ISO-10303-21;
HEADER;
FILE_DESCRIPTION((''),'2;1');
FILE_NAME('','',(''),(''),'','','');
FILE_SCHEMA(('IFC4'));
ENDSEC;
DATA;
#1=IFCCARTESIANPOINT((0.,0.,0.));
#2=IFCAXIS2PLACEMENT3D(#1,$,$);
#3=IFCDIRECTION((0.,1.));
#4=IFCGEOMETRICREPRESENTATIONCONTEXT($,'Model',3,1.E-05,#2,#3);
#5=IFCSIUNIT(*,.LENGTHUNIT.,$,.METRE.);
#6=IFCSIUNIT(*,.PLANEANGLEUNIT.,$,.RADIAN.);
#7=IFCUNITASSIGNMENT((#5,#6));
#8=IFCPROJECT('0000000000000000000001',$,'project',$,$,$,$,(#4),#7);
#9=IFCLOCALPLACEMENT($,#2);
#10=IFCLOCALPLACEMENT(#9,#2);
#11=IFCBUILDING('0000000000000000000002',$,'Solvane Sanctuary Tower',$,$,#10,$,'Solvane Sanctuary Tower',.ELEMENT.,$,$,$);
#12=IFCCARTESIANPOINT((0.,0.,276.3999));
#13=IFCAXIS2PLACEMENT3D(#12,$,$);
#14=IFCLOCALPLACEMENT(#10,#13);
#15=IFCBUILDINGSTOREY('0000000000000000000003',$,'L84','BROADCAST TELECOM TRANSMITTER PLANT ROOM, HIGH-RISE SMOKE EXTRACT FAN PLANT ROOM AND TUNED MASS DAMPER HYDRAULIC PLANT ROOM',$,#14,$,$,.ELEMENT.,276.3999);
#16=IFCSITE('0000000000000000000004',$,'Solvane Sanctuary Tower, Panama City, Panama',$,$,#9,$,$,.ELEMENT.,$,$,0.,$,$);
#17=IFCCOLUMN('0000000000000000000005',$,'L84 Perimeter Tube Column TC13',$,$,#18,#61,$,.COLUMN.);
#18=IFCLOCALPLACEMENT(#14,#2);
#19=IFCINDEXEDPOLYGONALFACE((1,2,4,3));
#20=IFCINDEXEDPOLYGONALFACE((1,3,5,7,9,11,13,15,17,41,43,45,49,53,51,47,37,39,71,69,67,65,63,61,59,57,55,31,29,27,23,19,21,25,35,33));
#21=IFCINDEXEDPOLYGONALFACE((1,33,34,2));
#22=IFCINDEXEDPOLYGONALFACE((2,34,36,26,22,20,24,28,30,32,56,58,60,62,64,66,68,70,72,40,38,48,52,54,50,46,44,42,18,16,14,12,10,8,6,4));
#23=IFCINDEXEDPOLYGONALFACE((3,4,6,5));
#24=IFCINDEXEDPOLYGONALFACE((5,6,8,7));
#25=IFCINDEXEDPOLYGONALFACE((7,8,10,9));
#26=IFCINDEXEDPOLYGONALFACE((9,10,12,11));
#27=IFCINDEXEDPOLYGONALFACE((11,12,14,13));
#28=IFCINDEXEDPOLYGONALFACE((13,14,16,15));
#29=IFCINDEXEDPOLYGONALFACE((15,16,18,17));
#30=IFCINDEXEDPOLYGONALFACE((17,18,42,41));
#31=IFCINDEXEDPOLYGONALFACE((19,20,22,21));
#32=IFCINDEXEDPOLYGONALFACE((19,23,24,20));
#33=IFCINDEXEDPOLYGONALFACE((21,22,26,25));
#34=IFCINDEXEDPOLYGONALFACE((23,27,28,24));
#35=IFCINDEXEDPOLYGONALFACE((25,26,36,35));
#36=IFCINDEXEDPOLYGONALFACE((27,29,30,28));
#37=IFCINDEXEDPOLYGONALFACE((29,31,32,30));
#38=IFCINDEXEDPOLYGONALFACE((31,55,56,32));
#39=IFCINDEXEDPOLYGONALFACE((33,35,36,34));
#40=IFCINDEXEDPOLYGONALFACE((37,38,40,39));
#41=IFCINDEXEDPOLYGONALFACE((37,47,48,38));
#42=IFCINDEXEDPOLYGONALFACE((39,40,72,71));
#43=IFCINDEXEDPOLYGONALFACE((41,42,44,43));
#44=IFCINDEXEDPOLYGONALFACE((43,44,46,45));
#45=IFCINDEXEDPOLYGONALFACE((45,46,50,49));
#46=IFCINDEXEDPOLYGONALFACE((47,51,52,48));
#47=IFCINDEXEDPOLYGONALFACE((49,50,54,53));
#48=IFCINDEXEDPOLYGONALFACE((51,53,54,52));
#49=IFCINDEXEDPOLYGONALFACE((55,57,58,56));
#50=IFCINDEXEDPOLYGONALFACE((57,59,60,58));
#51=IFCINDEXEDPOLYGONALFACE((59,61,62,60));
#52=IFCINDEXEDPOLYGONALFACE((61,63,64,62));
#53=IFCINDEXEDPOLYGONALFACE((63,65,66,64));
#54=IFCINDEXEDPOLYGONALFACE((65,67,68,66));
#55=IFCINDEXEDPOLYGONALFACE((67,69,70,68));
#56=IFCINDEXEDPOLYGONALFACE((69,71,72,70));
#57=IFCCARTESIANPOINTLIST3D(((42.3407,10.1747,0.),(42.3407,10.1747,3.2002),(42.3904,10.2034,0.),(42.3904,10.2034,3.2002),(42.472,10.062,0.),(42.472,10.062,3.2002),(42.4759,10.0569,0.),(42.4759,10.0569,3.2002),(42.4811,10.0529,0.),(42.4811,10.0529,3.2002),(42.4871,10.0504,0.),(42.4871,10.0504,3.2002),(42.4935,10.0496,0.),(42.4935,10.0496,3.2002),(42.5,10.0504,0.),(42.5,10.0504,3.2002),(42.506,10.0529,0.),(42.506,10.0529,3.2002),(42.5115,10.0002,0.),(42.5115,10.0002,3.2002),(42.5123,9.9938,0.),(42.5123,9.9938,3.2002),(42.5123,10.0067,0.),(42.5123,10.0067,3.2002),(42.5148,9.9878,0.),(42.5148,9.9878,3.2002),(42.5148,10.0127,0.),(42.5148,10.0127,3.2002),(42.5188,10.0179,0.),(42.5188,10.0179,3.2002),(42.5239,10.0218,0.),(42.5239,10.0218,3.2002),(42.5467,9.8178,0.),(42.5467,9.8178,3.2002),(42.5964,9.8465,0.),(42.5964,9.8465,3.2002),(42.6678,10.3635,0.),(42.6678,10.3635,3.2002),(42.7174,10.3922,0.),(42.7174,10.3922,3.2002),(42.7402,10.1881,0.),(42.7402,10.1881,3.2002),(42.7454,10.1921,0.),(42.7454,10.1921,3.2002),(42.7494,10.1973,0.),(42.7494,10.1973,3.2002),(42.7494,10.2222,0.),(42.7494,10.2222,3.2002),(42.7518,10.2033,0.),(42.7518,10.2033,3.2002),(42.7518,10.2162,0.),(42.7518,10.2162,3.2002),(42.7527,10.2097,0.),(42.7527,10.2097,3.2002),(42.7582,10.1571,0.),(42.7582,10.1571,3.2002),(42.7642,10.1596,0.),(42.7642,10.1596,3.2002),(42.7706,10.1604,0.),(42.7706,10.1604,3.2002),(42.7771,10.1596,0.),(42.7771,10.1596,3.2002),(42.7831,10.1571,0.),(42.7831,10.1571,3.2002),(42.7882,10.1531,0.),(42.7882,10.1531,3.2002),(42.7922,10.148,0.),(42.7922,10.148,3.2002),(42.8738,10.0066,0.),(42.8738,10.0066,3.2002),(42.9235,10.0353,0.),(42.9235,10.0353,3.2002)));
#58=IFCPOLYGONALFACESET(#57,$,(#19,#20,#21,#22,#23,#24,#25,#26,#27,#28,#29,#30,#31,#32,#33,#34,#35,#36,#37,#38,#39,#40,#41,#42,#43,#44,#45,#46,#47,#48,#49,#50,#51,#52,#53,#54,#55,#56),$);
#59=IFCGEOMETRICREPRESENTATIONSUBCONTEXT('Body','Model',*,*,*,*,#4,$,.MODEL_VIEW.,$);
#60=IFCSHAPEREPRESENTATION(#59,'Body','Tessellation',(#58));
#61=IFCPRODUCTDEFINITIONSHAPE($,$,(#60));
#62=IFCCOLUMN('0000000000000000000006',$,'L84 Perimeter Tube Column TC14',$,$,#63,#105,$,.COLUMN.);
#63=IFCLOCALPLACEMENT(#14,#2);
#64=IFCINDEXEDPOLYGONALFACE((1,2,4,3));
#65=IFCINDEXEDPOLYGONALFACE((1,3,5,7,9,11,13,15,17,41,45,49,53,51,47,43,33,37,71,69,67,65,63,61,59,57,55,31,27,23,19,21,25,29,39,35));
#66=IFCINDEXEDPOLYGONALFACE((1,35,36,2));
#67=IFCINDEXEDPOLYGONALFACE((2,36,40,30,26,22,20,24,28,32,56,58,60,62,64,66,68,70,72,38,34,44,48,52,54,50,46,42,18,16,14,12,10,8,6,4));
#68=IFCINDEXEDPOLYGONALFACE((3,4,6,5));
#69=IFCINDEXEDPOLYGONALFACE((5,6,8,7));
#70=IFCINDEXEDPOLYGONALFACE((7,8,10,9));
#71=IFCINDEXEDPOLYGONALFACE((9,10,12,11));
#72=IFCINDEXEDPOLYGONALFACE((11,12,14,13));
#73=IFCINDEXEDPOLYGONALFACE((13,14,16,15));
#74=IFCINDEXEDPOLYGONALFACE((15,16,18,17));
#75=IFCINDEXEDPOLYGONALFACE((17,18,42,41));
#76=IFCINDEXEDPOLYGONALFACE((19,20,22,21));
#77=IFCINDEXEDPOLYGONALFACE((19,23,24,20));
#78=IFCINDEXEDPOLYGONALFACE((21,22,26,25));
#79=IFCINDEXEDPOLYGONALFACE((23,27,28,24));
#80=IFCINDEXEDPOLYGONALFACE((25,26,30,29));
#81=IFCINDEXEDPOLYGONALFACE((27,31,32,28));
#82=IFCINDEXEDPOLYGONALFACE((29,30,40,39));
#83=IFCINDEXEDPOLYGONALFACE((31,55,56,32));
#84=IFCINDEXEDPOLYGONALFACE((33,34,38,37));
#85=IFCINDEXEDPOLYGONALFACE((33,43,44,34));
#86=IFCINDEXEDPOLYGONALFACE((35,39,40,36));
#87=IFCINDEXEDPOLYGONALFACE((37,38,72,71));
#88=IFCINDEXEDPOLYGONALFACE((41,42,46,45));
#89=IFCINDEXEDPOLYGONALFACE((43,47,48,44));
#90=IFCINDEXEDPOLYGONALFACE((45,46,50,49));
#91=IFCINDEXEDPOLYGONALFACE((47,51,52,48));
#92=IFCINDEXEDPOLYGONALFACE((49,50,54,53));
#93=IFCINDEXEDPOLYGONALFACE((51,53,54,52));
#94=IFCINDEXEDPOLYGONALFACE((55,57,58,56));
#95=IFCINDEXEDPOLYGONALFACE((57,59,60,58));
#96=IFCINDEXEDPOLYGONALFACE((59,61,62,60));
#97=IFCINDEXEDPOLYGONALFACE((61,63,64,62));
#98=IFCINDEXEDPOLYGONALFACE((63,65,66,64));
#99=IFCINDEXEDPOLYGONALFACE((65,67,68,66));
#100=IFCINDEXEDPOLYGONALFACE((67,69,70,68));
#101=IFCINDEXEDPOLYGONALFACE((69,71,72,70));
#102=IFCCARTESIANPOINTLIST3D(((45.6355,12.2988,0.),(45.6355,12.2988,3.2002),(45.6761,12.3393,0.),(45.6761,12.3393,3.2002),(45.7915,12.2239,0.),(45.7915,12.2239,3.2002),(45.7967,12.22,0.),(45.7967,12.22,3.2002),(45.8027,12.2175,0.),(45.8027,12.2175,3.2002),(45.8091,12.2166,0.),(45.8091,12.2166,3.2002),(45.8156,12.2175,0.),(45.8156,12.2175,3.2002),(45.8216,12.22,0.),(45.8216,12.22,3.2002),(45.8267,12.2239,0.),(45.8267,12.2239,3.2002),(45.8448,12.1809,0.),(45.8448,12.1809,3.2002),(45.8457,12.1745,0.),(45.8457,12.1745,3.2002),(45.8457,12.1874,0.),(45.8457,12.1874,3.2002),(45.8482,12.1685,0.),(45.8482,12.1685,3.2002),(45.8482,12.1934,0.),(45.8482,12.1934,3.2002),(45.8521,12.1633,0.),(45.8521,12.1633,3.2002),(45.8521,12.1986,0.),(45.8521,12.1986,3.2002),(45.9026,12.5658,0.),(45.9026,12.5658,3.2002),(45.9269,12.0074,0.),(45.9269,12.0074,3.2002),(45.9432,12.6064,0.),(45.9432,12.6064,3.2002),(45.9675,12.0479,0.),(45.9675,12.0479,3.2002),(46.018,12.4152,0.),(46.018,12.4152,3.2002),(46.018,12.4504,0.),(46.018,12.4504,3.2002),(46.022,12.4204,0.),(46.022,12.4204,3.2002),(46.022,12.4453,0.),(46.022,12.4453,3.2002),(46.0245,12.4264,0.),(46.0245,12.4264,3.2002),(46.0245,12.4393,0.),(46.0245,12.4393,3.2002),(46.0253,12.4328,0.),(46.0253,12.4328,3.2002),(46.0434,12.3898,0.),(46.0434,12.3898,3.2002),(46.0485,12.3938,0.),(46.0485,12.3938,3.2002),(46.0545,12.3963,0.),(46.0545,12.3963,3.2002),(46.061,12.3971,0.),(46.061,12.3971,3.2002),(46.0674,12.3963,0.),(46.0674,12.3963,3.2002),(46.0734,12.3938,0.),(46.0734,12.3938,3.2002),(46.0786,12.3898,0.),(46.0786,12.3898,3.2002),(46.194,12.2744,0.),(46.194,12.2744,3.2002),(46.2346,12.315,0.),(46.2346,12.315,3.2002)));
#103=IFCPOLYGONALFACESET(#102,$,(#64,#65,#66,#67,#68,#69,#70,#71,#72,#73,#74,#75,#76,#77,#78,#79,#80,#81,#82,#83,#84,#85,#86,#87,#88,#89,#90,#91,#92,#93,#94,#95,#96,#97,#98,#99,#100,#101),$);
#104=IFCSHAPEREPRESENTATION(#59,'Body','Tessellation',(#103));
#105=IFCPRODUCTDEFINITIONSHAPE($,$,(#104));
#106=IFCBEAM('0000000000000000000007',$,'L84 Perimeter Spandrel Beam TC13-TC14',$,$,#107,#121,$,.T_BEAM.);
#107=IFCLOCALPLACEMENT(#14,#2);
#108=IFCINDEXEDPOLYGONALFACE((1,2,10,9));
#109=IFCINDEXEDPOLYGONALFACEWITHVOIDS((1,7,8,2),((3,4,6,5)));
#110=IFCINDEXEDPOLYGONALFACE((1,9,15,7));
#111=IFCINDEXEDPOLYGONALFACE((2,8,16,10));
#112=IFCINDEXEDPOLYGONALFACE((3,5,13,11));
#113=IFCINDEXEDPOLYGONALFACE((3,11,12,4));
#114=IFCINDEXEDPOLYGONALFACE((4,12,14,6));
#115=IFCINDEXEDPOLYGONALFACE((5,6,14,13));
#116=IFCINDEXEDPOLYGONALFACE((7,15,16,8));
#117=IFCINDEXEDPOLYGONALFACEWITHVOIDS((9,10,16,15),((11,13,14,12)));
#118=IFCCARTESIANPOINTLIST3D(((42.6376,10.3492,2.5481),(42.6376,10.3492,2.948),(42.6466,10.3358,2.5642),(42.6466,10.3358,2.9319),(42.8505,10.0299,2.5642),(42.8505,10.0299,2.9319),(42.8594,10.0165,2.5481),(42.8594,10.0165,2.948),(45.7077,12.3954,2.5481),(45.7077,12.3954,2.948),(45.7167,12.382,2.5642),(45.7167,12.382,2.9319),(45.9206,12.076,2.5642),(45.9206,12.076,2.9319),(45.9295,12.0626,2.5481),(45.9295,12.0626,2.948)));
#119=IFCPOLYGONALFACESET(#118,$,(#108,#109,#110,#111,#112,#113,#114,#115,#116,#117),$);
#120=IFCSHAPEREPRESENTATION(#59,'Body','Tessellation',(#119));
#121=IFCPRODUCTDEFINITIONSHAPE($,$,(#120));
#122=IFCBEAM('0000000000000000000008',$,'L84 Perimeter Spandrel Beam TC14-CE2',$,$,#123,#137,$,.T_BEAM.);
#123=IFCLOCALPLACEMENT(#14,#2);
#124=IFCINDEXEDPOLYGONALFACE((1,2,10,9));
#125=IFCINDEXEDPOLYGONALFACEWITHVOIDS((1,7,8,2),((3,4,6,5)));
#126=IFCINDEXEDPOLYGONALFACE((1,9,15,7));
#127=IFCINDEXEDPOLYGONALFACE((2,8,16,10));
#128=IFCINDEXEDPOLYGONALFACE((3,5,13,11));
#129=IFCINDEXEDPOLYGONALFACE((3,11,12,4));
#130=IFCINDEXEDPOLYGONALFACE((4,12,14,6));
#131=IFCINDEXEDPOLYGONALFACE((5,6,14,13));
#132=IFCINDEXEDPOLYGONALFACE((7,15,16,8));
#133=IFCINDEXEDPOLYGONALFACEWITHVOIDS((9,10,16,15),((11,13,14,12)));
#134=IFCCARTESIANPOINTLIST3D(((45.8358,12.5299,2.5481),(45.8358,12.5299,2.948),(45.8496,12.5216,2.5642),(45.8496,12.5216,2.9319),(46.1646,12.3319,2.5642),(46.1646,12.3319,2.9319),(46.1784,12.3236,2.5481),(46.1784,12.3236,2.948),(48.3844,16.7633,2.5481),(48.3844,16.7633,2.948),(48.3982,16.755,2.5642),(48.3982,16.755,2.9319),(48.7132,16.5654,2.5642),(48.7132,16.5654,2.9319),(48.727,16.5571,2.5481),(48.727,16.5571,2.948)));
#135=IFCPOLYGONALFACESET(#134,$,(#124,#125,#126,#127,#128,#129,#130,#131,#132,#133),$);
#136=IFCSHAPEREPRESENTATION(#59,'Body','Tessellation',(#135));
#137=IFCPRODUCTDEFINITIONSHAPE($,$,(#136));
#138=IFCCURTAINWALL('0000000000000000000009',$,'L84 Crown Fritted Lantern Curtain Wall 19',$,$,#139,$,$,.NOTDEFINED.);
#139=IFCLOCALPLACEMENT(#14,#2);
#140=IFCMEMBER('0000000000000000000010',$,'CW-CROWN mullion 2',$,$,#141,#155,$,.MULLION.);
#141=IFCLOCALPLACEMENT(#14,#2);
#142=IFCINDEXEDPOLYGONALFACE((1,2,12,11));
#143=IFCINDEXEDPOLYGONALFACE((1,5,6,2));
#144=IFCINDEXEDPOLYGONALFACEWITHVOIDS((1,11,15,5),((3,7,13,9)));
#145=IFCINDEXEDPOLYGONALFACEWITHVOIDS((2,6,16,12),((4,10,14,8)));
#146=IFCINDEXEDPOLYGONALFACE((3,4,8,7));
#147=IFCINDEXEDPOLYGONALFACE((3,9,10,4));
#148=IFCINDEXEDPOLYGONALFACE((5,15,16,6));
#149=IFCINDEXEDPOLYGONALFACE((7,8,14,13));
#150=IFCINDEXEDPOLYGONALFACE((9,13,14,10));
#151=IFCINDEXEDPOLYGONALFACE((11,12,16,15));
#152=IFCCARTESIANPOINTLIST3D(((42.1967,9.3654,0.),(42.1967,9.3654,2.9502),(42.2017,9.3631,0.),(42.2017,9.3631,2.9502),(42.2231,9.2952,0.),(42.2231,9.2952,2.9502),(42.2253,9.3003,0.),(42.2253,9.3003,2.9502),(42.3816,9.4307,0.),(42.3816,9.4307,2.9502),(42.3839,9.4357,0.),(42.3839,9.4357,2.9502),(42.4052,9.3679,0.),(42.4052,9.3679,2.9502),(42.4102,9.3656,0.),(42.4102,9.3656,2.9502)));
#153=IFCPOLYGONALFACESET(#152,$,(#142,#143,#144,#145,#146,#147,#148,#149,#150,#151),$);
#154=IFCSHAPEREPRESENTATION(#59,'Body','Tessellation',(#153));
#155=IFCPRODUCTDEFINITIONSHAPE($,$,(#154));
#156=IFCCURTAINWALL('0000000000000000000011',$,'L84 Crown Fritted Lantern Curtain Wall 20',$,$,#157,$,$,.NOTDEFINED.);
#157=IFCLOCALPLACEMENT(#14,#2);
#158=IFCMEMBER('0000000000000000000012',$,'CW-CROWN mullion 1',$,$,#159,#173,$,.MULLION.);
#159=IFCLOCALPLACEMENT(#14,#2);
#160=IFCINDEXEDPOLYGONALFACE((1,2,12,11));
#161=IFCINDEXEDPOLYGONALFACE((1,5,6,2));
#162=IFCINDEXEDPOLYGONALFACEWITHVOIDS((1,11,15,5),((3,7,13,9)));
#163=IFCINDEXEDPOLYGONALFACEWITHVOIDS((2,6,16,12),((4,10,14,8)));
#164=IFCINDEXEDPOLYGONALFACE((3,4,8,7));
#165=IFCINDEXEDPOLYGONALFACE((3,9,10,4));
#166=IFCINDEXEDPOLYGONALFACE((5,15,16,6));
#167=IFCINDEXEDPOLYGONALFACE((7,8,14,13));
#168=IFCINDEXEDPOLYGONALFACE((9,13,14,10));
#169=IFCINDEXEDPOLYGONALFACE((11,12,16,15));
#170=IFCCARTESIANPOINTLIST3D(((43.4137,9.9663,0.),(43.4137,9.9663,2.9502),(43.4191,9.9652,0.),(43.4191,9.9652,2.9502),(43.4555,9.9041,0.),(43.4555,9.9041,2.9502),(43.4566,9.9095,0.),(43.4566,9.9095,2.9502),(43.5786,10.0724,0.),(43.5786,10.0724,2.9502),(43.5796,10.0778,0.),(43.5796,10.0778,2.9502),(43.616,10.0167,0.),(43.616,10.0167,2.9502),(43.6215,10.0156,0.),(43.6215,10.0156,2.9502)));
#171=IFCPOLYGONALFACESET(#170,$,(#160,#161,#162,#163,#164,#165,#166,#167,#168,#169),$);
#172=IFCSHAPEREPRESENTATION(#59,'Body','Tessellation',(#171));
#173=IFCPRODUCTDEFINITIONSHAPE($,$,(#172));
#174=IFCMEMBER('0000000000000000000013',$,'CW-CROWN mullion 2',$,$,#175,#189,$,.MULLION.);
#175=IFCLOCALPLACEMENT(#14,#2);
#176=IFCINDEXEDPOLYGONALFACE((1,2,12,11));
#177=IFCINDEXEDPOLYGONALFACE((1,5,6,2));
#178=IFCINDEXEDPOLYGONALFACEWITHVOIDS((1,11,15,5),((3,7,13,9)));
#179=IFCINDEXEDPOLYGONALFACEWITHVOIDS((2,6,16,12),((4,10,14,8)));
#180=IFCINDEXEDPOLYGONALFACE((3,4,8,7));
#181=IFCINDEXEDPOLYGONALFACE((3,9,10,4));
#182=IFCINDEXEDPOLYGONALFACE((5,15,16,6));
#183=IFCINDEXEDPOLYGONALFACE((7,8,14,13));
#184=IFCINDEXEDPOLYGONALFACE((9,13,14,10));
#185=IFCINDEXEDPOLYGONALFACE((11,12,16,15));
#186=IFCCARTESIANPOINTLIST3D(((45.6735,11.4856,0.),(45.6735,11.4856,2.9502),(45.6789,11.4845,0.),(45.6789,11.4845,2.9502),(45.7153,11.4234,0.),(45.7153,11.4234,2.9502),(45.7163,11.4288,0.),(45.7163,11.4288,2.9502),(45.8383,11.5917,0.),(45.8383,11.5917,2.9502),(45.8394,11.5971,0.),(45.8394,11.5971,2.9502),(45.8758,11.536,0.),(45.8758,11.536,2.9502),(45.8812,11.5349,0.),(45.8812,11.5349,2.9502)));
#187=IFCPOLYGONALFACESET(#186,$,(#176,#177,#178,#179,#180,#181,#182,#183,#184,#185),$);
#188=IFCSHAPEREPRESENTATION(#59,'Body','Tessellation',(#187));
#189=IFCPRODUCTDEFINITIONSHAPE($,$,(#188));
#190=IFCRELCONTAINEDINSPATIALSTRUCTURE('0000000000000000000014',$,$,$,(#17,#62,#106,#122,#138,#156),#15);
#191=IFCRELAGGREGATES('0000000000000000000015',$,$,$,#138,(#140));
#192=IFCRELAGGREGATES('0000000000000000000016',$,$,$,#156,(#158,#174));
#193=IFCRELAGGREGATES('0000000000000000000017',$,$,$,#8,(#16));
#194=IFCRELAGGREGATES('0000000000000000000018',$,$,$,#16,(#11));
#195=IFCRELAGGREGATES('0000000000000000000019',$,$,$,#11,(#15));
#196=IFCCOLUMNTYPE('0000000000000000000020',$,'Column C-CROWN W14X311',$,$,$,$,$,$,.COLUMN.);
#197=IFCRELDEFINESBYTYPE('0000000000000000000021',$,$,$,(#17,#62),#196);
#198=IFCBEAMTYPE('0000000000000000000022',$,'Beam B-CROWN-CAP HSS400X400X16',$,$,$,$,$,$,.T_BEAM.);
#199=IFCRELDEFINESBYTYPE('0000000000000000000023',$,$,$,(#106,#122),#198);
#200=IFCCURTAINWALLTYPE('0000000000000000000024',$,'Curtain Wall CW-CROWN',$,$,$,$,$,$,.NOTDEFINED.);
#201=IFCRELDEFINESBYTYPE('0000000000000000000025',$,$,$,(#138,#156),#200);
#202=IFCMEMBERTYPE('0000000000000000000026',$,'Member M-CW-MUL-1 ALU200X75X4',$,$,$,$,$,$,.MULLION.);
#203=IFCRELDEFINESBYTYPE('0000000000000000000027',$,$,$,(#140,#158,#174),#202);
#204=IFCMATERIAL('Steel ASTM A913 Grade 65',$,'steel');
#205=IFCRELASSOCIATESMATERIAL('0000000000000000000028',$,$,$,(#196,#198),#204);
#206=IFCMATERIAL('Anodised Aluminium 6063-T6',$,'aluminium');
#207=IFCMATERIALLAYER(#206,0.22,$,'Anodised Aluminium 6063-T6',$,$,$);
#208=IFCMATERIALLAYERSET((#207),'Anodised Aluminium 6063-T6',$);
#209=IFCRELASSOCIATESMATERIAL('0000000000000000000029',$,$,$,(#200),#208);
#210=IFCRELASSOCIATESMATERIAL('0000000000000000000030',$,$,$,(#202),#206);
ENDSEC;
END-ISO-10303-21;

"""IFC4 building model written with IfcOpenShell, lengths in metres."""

from ifc_helpers import new_model, si_unit, direction, frame, origin, origin_2d, place, context, subcontext, project, spatial, hollow_rectangle, i_section, extrude, material, layer, layer_set, material_profile, profile_set, type_object, element, aggregate, save


model = new_model("IFC4")

# Units and contexts
model_context = context("Model", 3, precision=1e-05, world=origin(), true_north=direction((0.0, 1.0)))
body_context = subcontext(model_context, "Body", "Model", "MODEL_VIEW")
ifc_project = project(units=[si_unit("LENGTHUNIT", "METRE"), si_unit("PLANEANGLEUNIT", "RADIAN")], contexts=[model_context])

# Site, building, storey
site_placement = place(None, origin())
site = spatial("IfcSite", under=ifc_project, at=site_placement, Name="Solvane Sanctuary Tower, Panama City, Panama", CompositionType="ELEMENT", RefElevation=0.0)
building_placement = place(site_placement, origin())
building = spatial("IfcBuilding", under=site, at=building_placement, Name="Solvane Sanctuary Tower", LongName="Solvane Sanctuary Tower", CompositionType="ELEMENT")
storey_placement = place(building_placement, frame((0.0, 0.0, 276.3999)))
storey = spatial("IfcBuildingStorey", under=building, at=storey_placement, Name="L84", Description="BROADCAST TELECOM TRANSMITTER PLANT ROOM, HIGH-RISE SMOKE EXTRACT FAN PLANT ROOM AND TUNED MASS DAMPER HYDRAULIC PLANT ROOM", CompositionType="ELEMENT", Elevation=276.3999)

# Columns
ifc_material_1 = material(Name="Steel ASTM A913 Grade 65", Category="steel")
ifc_material_profile_1 = material_profile(ifc_material_1, i_section(OverallWidth=0.4121, OverallDepth=0.4351, WebThickness=0.0359, FlangeThickness=0.0574, FilletRadius=0.0249, at=origin_2d()), Name="W14X311")
ifc_profile_set_1 = profile_set([ifc_material_profile_1], Name="Steel ASTM A913 Grade 65")
column_type = type_object("IfcColumnType", Name="Column C-CROWN W14X311", PredefinedType="COLUMN", material=ifc_profile_set_1)
for number, where, z_axis, x_axis, name in (
    (1, (42.6321, 10.105, 0.0), (0.0, 0.0, 1.0), (0.5, -0.866025, 0.0), "L84 Perimeter Tube Column TC13"),
    (2, (45.9351, 12.3069, 0.0), (0.0, 0.0, 1.0), (0.707107, -0.707107, 0.0), "L84 Perimeter Tube Column TC14"),
):
    element("IfcColumn", number, at=place(storey_placement, frame(where, z_axis=z_axis, x_axis=x_axis)), inside=storey, type_object=column_type, Name=name, PredefinedType="COLUMN", context=body_context, shape_type="SweptSolid", body=[
        extrude(i_section(OverallWidth=0.4121, OverallDepth=0.4351, WebThickness=0.0359, FlangeThickness=0.0574, FilletRadius=0.0249, at=origin_2d()), origin(), (0.0, 0.0, 1.0), 3.2002),
    ])

# Beams
ifc_material_profile_2 = material_profile(ifc_material_1, hollow_rectangle(XDim=0.3999, YDim=0.3999, WallThickness=0.0161, at=origin_2d()), Name="HSS400X400X16")
ifc_profile_set_2 = profile_set([ifc_material_profile_2], Name="Steel ASTM A913 Grade 65")
beam_type = type_object("IfcBeamType", Name="Beam B-CROWN-CAP HSS400X400X16", PredefinedType="T_BEAM", material=ifc_profile_set_2)
beam_1_placement = place(storey_placement, frame((42.7485, 10.1829, 2.748), z_axis=(0.832122, 0.554593, 0.0), x_axis=(-0.554593, 0.832122, 0.0)))
element("IfcBeam", 3, at=beam_1_placement, inside=storey, type_object=beam_type, Name="L84 Perimeter Spandrel Beam TC13-TC14", PredefinedType="T_BEAM", context=body_context, shape_type="SweptSolid", body=[
    extrude(hollow_rectangle(XDim=0.3999, YDim=0.3999, WallThickness=0.0161, at=origin_2d()), origin(), (0.0, 0.0, 1.0), 3.6895),
])
beam_2_placement = place(storey_placement, frame((46.0071, 12.4268, 2.748), z_axis=(0.515767, 0.856729, 0.0), x_axis=(-0.856729, 0.515767, 0.0)))
element("IfcBeam", 4, at=beam_2_placement, inside=storey, type_object=beam_type, Name="L84 Perimeter Spandrel Beam TC14-CE2", PredefinedType="T_BEAM", context=body_context, shape_type="SweptSolid", body=[
    extrude(hollow_rectangle(XDim=0.3999, YDim=0.3999, WallThickness=0.0161, at=origin_2d()), origin(), (0.0, 0.0, 1.0), 4.9414),
])

# Curtain wall, member
ifc_material_2 = material(Name="Anodised Aluminium 6063-T6", Category="aluminium")
ifc_layer_1 = layer(ifc_material_2, 0.22, Name="Anodised Aluminium 6063-T6")
ifc_layer_set_1 = layer_set([ifc_layer_1], Name="Anodised Aluminium 6063-T6")
curtain_wall_type = type_object("IfcCurtainWallType", Name="Curtain Wall CW-CROWN", PredefinedType="NOTDEFINED", material=ifc_layer_set_1)
curtain_wall_1_placement = place(storey_placement, origin())
curtain_wall_1 = element("IfcCurtainWall", 5, at=curtain_wall_1_placement, inside=storey, type_object=curtain_wall_type, Name="L84 Crown Fritted Lantern Curtain Wall 19", PredefinedType="NOTDEFINED")
ifc_material_profile_3 = material_profile(ifc_material_2, hollow_rectangle(XDim=0.075, YDim=0.2, WallThickness=0.0039, at=origin_2d()), Name="ALU200X75X4")
ifc_profile_set_3 = profile_set([ifc_material_profile_3], Name="Anodised Aluminium 6063-T6")
member_type_1 = type_object("IfcMemberType", Name="Member M-CW-MUL-1 ALU200X75X4", PredefinedType="MULLION", material=ifc_profile_set_3)
member_1_placement = place(storey_placement, frame((42.3035, 9.3655, 0.0), z_axis=(0.0, 0.0, 1.0), x_axis=(-0.351811, 0.936071, 0.0)))
member_1 = element("IfcMember", 6, at=member_1_placement, type_object=member_type_1, Name="CW-CROWN mullion 2", PredefinedType="MULLION", context=body_context, shape_type="SweptSolid", body=[
    extrude(hollow_rectangle(XDim=0.075, YDim=0.2, WallThickness=0.0039, at=origin_2d()), origin(), (0.0, 0.0, 1.0), 2.9502),
])

# Curtain wall, members
curtain_wall_2_placement = place(storey_placement, origin())
curtain_wall_2 = element("IfcCurtainWall", 7, at=curtain_wall_2_placement, inside=storey, type_object=curtain_wall_type, Name="L84 Crown Fritted Lantern Curtain Wall 20", PredefinedType="NOTDEFINED")
member_2_placement = place(storey_placement, frame((43.5176, 9.991, 0.0), z_axis=(0.0, 0.0, 1.0), x_axis=(-0.557937, 0.829883, 0.0)))
member_2 = element("IfcMember", 8, at=member_2_placement, type_object=member_type_1, Name="CW-CROWN mullion 1", PredefinedType="MULLION", context=body_context, shape_type="SweptSolid", body=[
    extrude(hollow_rectangle(XDim=0.075, YDim=0.2, WallThickness=0.0039, at=origin_2d()), origin(), (0.0, 0.0, 1.0), 2.9502),
])
member_3_placement = place(storey_placement, frame((45.7773, 11.5103, 0.0), z_axis=(0.0, 0.0, 1.0), x_axis=(-0.557937, 0.829883, 0.0)))
member_3 = element("IfcMember", 9, at=member_3_placement, type_object=member_type_1, Name="CW-CROWN mullion 2", PredefinedType="MULLION", context=body_context, shape_type="SweptSolid", body=[
    extrude(hollow_rectangle(XDim=0.075, YDim=0.2, WallThickness=0.0039, at=origin_2d()), origin(), (0.0, 0.0, 1.0), 2.9502),
])

aggregate(curtain_wall_1, [member_1])
aggregate(curtain_wall_2, [member_2, member_3])

save(model, "model.ifc")
